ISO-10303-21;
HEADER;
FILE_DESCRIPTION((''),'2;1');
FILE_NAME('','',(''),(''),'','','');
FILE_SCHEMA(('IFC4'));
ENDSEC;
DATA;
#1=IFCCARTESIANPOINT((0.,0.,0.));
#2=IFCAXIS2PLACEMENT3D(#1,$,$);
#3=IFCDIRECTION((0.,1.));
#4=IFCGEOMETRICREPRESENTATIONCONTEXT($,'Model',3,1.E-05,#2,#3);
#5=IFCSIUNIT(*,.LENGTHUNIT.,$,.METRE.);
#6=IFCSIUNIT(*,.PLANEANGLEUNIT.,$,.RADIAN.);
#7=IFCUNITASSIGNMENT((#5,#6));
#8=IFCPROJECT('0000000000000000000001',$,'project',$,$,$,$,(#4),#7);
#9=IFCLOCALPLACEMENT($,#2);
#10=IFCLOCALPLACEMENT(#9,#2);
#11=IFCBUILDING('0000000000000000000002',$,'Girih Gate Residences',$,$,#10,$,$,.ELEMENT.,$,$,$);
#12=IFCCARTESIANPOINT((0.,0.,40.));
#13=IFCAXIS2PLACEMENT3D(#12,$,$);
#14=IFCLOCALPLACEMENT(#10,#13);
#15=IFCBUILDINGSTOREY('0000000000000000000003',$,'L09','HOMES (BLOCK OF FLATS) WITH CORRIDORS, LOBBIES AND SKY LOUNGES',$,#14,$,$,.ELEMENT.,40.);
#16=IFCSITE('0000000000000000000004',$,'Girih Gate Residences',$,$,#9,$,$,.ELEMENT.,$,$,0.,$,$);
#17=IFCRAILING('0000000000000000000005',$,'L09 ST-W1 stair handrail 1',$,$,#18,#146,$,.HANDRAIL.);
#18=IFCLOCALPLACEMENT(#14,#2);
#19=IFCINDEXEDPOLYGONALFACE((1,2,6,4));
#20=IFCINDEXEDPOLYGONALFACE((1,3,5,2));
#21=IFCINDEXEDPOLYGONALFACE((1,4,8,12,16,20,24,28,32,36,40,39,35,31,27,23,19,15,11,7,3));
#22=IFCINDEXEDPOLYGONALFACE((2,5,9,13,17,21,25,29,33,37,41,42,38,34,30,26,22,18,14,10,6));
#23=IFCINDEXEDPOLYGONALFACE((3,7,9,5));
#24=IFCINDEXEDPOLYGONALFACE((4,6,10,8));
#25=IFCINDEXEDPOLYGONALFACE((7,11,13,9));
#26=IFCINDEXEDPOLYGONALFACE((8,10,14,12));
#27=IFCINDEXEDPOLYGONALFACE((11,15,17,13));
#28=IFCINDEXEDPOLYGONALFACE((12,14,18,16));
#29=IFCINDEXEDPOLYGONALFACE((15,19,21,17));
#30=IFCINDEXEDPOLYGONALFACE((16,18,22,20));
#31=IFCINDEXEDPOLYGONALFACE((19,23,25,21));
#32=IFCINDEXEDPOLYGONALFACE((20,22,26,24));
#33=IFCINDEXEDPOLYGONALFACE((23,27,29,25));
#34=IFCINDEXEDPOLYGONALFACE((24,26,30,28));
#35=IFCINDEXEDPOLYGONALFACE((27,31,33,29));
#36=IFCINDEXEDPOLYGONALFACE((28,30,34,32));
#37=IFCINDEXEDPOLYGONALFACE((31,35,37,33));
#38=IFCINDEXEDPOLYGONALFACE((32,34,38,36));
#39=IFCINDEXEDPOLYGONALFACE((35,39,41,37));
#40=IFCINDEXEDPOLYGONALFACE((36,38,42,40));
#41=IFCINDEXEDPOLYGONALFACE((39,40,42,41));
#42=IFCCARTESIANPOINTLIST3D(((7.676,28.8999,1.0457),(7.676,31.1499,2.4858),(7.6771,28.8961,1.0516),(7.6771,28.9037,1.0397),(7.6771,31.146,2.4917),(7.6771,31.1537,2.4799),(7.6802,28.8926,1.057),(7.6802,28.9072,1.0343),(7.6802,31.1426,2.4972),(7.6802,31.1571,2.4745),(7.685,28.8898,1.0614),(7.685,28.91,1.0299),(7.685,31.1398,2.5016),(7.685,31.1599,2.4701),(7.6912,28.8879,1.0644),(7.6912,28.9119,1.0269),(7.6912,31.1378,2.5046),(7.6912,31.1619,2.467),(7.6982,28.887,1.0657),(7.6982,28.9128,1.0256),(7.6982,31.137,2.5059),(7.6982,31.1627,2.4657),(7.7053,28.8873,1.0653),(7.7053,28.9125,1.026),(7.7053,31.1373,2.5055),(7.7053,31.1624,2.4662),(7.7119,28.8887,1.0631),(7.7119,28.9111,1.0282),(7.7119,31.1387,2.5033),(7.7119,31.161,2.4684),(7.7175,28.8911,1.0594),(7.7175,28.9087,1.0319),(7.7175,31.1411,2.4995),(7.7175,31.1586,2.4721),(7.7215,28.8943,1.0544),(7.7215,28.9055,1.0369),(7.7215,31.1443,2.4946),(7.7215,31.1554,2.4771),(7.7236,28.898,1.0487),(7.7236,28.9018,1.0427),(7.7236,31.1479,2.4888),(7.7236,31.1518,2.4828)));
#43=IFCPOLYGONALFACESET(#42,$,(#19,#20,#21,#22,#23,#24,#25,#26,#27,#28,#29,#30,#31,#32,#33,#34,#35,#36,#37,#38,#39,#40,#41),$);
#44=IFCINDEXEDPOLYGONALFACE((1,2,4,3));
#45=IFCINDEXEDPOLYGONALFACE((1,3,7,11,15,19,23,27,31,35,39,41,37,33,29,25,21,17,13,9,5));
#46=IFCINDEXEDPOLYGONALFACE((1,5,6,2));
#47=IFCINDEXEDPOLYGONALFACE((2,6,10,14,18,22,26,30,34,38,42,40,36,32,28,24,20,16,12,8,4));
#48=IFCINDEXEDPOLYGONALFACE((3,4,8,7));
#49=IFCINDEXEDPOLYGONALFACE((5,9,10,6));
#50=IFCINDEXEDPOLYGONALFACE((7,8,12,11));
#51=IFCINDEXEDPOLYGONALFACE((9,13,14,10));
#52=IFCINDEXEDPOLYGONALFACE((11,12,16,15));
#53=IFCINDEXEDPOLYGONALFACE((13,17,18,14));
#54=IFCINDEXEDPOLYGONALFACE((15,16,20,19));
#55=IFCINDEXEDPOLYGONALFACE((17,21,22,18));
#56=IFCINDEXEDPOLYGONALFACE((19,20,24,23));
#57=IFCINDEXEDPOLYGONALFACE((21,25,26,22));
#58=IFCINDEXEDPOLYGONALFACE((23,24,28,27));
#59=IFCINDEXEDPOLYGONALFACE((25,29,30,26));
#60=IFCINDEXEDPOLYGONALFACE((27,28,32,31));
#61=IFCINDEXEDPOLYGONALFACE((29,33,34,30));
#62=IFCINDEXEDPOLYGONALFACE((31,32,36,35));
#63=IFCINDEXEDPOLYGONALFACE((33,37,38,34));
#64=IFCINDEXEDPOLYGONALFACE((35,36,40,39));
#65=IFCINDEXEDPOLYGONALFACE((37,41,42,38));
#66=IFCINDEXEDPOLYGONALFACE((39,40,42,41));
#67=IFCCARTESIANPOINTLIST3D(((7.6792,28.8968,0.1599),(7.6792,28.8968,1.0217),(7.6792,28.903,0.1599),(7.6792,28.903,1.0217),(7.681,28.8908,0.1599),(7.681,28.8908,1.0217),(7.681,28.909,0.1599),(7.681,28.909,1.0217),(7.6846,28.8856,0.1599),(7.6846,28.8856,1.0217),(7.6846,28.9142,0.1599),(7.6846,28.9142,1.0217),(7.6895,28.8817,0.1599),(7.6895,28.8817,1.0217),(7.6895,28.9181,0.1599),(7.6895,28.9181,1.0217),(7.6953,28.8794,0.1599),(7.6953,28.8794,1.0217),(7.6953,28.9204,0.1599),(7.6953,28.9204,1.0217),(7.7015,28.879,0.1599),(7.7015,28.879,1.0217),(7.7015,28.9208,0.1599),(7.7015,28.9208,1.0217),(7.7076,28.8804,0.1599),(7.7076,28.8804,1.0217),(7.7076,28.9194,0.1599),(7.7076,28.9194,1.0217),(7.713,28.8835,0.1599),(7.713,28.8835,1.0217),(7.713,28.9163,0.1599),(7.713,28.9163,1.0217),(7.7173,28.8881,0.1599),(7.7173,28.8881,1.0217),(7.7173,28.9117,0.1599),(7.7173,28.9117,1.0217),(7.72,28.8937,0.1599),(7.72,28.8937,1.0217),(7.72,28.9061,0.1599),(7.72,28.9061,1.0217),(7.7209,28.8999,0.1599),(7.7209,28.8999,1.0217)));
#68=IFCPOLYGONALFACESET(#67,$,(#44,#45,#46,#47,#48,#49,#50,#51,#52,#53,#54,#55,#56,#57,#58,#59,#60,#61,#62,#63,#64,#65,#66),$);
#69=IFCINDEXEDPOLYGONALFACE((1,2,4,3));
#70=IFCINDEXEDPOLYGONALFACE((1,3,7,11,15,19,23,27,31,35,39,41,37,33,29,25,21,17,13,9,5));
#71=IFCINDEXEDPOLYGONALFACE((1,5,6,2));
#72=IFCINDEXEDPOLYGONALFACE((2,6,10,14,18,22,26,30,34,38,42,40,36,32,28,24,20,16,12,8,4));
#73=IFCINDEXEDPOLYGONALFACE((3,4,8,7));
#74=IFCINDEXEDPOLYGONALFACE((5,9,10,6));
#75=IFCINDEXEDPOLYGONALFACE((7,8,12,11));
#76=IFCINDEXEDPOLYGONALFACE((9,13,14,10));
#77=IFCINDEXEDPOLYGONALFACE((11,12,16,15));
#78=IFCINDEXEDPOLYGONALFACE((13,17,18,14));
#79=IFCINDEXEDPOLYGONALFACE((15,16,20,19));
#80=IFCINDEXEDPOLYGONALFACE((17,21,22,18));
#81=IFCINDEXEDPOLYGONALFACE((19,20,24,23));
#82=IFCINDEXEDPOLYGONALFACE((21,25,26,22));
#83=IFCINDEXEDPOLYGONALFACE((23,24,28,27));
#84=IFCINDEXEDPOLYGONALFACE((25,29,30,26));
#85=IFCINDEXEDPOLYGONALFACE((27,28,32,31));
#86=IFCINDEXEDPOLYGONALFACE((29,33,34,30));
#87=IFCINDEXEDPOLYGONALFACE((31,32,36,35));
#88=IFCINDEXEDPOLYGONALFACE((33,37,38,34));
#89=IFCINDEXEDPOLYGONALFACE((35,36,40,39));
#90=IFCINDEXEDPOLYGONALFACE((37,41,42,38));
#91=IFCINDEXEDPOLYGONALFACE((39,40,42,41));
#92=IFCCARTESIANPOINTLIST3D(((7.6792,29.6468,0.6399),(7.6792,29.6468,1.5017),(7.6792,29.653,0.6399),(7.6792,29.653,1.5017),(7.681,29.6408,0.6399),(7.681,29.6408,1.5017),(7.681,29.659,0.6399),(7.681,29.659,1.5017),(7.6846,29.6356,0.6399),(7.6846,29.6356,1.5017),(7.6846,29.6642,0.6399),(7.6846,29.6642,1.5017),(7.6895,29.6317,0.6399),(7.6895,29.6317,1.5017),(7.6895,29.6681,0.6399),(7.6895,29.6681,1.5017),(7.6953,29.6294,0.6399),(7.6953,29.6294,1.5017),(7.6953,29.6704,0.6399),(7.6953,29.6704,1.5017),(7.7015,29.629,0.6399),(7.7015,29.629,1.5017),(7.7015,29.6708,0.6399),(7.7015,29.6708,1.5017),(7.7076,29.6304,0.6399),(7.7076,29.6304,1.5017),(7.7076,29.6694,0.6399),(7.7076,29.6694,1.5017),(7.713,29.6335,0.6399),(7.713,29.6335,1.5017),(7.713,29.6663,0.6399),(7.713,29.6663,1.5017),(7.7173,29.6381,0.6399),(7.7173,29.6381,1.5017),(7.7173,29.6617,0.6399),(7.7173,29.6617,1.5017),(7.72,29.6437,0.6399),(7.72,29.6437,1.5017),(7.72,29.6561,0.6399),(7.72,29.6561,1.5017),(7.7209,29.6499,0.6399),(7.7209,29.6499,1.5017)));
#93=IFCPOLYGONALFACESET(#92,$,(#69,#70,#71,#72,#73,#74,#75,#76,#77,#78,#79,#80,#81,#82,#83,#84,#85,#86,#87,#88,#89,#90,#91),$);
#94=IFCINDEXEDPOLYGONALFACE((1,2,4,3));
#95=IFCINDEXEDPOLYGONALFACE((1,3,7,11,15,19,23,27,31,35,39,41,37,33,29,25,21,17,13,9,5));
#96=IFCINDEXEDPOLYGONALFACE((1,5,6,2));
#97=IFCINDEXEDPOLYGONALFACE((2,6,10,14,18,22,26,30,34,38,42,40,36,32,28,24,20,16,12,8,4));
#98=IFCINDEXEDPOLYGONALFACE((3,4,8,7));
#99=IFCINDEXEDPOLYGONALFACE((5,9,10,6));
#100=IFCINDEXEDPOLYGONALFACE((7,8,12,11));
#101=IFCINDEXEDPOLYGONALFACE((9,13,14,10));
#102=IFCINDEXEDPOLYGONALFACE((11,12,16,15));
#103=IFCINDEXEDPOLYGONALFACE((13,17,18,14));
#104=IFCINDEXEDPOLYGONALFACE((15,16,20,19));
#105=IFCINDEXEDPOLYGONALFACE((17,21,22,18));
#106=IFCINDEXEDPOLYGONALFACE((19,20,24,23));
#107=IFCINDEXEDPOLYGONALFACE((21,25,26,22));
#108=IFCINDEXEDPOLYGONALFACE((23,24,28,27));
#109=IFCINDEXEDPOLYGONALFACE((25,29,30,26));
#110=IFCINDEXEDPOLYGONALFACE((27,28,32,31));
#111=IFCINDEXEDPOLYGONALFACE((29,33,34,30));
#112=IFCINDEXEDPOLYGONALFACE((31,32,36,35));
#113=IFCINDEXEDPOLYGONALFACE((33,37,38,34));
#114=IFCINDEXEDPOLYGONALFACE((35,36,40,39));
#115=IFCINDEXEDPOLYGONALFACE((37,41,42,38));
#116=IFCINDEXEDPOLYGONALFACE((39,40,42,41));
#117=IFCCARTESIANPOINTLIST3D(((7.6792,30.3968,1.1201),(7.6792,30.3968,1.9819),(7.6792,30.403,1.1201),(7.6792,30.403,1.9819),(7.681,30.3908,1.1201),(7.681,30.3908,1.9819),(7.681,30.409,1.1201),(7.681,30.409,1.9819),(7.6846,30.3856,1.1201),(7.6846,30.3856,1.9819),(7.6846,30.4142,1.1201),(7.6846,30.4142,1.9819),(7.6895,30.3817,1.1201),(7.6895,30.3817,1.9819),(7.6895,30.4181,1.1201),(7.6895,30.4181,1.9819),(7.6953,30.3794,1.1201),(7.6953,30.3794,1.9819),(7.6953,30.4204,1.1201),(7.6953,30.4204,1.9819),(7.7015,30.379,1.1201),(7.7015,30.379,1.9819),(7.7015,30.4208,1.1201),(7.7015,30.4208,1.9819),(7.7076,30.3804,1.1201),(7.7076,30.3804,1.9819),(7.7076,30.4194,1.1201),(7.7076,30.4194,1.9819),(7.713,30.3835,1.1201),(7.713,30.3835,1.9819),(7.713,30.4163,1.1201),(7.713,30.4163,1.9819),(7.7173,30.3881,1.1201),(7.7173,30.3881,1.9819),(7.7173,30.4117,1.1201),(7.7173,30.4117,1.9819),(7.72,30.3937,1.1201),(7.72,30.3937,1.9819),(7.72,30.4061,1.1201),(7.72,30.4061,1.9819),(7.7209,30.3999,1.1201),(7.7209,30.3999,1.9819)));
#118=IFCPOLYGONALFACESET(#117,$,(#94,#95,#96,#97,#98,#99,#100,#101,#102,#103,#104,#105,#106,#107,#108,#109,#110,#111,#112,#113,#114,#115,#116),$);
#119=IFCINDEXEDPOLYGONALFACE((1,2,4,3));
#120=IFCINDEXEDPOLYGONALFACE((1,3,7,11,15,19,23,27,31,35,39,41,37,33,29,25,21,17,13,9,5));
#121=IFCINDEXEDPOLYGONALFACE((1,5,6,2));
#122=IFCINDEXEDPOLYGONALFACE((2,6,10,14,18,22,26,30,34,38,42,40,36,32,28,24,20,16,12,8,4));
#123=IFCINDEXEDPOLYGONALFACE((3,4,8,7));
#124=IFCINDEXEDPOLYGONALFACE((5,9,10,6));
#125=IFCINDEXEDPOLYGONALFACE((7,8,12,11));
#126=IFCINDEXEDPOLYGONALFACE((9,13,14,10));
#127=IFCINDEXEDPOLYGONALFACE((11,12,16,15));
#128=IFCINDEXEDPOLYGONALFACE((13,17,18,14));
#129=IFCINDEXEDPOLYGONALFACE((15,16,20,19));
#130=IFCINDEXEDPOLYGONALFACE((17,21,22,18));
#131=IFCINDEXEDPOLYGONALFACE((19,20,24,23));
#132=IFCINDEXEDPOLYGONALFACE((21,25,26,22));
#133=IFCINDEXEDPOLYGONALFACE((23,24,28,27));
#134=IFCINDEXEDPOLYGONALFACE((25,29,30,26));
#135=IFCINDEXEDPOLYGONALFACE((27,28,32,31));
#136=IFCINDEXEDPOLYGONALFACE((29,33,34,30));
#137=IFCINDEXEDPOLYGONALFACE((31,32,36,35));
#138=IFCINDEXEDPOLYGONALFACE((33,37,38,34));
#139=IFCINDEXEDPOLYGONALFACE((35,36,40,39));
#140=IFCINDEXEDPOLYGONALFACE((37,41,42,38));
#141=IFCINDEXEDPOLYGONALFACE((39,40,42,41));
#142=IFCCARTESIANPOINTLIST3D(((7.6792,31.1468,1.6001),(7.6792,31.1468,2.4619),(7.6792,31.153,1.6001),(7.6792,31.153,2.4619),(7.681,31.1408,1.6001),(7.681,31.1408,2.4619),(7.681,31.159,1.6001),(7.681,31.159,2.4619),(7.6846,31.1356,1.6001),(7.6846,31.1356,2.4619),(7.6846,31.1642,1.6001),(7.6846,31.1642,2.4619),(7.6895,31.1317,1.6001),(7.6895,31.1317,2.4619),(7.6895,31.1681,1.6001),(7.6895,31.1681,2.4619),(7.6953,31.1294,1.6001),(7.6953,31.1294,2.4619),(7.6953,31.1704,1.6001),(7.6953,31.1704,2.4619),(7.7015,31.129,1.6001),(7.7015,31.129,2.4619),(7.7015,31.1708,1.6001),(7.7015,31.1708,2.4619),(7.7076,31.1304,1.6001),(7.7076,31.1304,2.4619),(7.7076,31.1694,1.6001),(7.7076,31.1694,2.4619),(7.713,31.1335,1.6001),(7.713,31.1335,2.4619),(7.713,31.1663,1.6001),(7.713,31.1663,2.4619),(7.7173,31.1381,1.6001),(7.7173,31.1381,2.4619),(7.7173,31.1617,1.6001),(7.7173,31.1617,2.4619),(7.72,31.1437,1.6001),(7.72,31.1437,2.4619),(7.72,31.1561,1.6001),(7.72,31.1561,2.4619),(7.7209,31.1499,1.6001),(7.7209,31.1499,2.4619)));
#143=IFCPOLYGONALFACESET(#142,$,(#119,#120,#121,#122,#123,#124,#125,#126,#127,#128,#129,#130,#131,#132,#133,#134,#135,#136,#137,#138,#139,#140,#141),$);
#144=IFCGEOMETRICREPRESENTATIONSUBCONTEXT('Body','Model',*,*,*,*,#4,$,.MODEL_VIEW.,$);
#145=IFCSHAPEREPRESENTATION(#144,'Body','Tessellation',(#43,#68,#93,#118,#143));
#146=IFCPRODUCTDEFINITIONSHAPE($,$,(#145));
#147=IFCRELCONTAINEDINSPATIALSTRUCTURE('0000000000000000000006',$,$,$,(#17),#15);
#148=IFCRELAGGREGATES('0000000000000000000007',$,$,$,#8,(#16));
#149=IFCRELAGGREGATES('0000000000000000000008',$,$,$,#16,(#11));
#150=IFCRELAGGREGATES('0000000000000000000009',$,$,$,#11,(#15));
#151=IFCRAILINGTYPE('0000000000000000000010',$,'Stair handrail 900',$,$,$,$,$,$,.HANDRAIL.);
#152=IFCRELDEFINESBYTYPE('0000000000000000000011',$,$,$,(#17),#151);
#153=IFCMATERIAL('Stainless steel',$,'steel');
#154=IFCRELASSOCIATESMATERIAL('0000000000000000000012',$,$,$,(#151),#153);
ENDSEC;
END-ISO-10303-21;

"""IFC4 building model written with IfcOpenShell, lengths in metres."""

from ifc_helpers import new_model, si_unit, direction, frame, origin, origin_2d, place, context, subcontext, project, spatial, circle, extrude, material, type_object, element, save


model = new_model("IFC4")

# Units and contexts
model_context = context("Model", 3, precision=1e-05, world=origin(), true_north=direction((0.0, 1.0)))
body_context = subcontext(model_context, "Body", "Model", "MODEL_VIEW")
ifc_project = project(units=[si_unit("LENGTHUNIT", "METRE"), si_unit("PLANEANGLEUNIT", "RADIAN")], contexts=[model_context])

# Site, building, storey
site_placement = place(None, origin())
site = spatial("IfcSite", under=ifc_project, at=site_placement, Name="Girih Gate Residences", CompositionType="ELEMENT", RefElevation=0.0)
building_placement = place(site_placement, origin())
building = spatial("IfcBuilding", under=site, at=building_placement, Name="Girih Gate Residences", CompositionType="ELEMENT")
storey_placement = place(building_placement, frame((0.0, 0.0, 40.0)))
storey = spatial("IfcBuildingStorey", under=building, at=storey_placement, Name="L09", Description="HOMES (BLOCK OF FLATS) WITH CORRIDORS, LOBBIES AND SKY LOUNGES", CompositionType="ELEMENT", Elevation=40.0)

# Railing
ifc_material_1 = material(Name="Stainless steel", Category="steel")
railing_type_1 = type_object("IfcRailingType", Name="Stair handrail 900", PredefinedType="HANDRAIL", material=ifc_material_1)
railing_1_placement = place(storey_placement, frame((7.7, 28.8999, 0.1599)))
element("IfcRailing", 1, at=railing_1_placement, inside=storey, type_object=railing_type_1, Name="L09 ST-W1 stair handrail 1", PredefinedType="HANDRAIL", context=body_context, shape_type="SweptSolid", body=[
    extrude(circle(Radius=0.0239, at=origin_2d()), frame((0.0, 0.0, 0.8857), z_axis=(0.0, 0.84224, 0.539103), x_axis=(-1.0, 0.0, 0.0)), (0.0, 0.0, 1.0), 2.6714),
    extrude(circle(Radius=0.021, at=origin_2d()), origin(), (0.0, 0.0, 1.0), 0.8618),
    extrude(circle(Radius=0.021, at=origin_2d()), frame((0.0, 0.75, 0.48)), (0.0, 0.0, 1.0), 0.8618),
    extrude(circle(Radius=0.021, at=origin_2d()), frame((0.0, 1.5, 0.9602)), (0.0, 0.0, 1.0), 0.8618),
    extrude(circle(Radius=0.021, at=origin_2d()), frame((0.0, 2.25, 1.4402)), (0.0, 0.0, 1.0), 0.8618),
])

save(model, "model.ifc")
